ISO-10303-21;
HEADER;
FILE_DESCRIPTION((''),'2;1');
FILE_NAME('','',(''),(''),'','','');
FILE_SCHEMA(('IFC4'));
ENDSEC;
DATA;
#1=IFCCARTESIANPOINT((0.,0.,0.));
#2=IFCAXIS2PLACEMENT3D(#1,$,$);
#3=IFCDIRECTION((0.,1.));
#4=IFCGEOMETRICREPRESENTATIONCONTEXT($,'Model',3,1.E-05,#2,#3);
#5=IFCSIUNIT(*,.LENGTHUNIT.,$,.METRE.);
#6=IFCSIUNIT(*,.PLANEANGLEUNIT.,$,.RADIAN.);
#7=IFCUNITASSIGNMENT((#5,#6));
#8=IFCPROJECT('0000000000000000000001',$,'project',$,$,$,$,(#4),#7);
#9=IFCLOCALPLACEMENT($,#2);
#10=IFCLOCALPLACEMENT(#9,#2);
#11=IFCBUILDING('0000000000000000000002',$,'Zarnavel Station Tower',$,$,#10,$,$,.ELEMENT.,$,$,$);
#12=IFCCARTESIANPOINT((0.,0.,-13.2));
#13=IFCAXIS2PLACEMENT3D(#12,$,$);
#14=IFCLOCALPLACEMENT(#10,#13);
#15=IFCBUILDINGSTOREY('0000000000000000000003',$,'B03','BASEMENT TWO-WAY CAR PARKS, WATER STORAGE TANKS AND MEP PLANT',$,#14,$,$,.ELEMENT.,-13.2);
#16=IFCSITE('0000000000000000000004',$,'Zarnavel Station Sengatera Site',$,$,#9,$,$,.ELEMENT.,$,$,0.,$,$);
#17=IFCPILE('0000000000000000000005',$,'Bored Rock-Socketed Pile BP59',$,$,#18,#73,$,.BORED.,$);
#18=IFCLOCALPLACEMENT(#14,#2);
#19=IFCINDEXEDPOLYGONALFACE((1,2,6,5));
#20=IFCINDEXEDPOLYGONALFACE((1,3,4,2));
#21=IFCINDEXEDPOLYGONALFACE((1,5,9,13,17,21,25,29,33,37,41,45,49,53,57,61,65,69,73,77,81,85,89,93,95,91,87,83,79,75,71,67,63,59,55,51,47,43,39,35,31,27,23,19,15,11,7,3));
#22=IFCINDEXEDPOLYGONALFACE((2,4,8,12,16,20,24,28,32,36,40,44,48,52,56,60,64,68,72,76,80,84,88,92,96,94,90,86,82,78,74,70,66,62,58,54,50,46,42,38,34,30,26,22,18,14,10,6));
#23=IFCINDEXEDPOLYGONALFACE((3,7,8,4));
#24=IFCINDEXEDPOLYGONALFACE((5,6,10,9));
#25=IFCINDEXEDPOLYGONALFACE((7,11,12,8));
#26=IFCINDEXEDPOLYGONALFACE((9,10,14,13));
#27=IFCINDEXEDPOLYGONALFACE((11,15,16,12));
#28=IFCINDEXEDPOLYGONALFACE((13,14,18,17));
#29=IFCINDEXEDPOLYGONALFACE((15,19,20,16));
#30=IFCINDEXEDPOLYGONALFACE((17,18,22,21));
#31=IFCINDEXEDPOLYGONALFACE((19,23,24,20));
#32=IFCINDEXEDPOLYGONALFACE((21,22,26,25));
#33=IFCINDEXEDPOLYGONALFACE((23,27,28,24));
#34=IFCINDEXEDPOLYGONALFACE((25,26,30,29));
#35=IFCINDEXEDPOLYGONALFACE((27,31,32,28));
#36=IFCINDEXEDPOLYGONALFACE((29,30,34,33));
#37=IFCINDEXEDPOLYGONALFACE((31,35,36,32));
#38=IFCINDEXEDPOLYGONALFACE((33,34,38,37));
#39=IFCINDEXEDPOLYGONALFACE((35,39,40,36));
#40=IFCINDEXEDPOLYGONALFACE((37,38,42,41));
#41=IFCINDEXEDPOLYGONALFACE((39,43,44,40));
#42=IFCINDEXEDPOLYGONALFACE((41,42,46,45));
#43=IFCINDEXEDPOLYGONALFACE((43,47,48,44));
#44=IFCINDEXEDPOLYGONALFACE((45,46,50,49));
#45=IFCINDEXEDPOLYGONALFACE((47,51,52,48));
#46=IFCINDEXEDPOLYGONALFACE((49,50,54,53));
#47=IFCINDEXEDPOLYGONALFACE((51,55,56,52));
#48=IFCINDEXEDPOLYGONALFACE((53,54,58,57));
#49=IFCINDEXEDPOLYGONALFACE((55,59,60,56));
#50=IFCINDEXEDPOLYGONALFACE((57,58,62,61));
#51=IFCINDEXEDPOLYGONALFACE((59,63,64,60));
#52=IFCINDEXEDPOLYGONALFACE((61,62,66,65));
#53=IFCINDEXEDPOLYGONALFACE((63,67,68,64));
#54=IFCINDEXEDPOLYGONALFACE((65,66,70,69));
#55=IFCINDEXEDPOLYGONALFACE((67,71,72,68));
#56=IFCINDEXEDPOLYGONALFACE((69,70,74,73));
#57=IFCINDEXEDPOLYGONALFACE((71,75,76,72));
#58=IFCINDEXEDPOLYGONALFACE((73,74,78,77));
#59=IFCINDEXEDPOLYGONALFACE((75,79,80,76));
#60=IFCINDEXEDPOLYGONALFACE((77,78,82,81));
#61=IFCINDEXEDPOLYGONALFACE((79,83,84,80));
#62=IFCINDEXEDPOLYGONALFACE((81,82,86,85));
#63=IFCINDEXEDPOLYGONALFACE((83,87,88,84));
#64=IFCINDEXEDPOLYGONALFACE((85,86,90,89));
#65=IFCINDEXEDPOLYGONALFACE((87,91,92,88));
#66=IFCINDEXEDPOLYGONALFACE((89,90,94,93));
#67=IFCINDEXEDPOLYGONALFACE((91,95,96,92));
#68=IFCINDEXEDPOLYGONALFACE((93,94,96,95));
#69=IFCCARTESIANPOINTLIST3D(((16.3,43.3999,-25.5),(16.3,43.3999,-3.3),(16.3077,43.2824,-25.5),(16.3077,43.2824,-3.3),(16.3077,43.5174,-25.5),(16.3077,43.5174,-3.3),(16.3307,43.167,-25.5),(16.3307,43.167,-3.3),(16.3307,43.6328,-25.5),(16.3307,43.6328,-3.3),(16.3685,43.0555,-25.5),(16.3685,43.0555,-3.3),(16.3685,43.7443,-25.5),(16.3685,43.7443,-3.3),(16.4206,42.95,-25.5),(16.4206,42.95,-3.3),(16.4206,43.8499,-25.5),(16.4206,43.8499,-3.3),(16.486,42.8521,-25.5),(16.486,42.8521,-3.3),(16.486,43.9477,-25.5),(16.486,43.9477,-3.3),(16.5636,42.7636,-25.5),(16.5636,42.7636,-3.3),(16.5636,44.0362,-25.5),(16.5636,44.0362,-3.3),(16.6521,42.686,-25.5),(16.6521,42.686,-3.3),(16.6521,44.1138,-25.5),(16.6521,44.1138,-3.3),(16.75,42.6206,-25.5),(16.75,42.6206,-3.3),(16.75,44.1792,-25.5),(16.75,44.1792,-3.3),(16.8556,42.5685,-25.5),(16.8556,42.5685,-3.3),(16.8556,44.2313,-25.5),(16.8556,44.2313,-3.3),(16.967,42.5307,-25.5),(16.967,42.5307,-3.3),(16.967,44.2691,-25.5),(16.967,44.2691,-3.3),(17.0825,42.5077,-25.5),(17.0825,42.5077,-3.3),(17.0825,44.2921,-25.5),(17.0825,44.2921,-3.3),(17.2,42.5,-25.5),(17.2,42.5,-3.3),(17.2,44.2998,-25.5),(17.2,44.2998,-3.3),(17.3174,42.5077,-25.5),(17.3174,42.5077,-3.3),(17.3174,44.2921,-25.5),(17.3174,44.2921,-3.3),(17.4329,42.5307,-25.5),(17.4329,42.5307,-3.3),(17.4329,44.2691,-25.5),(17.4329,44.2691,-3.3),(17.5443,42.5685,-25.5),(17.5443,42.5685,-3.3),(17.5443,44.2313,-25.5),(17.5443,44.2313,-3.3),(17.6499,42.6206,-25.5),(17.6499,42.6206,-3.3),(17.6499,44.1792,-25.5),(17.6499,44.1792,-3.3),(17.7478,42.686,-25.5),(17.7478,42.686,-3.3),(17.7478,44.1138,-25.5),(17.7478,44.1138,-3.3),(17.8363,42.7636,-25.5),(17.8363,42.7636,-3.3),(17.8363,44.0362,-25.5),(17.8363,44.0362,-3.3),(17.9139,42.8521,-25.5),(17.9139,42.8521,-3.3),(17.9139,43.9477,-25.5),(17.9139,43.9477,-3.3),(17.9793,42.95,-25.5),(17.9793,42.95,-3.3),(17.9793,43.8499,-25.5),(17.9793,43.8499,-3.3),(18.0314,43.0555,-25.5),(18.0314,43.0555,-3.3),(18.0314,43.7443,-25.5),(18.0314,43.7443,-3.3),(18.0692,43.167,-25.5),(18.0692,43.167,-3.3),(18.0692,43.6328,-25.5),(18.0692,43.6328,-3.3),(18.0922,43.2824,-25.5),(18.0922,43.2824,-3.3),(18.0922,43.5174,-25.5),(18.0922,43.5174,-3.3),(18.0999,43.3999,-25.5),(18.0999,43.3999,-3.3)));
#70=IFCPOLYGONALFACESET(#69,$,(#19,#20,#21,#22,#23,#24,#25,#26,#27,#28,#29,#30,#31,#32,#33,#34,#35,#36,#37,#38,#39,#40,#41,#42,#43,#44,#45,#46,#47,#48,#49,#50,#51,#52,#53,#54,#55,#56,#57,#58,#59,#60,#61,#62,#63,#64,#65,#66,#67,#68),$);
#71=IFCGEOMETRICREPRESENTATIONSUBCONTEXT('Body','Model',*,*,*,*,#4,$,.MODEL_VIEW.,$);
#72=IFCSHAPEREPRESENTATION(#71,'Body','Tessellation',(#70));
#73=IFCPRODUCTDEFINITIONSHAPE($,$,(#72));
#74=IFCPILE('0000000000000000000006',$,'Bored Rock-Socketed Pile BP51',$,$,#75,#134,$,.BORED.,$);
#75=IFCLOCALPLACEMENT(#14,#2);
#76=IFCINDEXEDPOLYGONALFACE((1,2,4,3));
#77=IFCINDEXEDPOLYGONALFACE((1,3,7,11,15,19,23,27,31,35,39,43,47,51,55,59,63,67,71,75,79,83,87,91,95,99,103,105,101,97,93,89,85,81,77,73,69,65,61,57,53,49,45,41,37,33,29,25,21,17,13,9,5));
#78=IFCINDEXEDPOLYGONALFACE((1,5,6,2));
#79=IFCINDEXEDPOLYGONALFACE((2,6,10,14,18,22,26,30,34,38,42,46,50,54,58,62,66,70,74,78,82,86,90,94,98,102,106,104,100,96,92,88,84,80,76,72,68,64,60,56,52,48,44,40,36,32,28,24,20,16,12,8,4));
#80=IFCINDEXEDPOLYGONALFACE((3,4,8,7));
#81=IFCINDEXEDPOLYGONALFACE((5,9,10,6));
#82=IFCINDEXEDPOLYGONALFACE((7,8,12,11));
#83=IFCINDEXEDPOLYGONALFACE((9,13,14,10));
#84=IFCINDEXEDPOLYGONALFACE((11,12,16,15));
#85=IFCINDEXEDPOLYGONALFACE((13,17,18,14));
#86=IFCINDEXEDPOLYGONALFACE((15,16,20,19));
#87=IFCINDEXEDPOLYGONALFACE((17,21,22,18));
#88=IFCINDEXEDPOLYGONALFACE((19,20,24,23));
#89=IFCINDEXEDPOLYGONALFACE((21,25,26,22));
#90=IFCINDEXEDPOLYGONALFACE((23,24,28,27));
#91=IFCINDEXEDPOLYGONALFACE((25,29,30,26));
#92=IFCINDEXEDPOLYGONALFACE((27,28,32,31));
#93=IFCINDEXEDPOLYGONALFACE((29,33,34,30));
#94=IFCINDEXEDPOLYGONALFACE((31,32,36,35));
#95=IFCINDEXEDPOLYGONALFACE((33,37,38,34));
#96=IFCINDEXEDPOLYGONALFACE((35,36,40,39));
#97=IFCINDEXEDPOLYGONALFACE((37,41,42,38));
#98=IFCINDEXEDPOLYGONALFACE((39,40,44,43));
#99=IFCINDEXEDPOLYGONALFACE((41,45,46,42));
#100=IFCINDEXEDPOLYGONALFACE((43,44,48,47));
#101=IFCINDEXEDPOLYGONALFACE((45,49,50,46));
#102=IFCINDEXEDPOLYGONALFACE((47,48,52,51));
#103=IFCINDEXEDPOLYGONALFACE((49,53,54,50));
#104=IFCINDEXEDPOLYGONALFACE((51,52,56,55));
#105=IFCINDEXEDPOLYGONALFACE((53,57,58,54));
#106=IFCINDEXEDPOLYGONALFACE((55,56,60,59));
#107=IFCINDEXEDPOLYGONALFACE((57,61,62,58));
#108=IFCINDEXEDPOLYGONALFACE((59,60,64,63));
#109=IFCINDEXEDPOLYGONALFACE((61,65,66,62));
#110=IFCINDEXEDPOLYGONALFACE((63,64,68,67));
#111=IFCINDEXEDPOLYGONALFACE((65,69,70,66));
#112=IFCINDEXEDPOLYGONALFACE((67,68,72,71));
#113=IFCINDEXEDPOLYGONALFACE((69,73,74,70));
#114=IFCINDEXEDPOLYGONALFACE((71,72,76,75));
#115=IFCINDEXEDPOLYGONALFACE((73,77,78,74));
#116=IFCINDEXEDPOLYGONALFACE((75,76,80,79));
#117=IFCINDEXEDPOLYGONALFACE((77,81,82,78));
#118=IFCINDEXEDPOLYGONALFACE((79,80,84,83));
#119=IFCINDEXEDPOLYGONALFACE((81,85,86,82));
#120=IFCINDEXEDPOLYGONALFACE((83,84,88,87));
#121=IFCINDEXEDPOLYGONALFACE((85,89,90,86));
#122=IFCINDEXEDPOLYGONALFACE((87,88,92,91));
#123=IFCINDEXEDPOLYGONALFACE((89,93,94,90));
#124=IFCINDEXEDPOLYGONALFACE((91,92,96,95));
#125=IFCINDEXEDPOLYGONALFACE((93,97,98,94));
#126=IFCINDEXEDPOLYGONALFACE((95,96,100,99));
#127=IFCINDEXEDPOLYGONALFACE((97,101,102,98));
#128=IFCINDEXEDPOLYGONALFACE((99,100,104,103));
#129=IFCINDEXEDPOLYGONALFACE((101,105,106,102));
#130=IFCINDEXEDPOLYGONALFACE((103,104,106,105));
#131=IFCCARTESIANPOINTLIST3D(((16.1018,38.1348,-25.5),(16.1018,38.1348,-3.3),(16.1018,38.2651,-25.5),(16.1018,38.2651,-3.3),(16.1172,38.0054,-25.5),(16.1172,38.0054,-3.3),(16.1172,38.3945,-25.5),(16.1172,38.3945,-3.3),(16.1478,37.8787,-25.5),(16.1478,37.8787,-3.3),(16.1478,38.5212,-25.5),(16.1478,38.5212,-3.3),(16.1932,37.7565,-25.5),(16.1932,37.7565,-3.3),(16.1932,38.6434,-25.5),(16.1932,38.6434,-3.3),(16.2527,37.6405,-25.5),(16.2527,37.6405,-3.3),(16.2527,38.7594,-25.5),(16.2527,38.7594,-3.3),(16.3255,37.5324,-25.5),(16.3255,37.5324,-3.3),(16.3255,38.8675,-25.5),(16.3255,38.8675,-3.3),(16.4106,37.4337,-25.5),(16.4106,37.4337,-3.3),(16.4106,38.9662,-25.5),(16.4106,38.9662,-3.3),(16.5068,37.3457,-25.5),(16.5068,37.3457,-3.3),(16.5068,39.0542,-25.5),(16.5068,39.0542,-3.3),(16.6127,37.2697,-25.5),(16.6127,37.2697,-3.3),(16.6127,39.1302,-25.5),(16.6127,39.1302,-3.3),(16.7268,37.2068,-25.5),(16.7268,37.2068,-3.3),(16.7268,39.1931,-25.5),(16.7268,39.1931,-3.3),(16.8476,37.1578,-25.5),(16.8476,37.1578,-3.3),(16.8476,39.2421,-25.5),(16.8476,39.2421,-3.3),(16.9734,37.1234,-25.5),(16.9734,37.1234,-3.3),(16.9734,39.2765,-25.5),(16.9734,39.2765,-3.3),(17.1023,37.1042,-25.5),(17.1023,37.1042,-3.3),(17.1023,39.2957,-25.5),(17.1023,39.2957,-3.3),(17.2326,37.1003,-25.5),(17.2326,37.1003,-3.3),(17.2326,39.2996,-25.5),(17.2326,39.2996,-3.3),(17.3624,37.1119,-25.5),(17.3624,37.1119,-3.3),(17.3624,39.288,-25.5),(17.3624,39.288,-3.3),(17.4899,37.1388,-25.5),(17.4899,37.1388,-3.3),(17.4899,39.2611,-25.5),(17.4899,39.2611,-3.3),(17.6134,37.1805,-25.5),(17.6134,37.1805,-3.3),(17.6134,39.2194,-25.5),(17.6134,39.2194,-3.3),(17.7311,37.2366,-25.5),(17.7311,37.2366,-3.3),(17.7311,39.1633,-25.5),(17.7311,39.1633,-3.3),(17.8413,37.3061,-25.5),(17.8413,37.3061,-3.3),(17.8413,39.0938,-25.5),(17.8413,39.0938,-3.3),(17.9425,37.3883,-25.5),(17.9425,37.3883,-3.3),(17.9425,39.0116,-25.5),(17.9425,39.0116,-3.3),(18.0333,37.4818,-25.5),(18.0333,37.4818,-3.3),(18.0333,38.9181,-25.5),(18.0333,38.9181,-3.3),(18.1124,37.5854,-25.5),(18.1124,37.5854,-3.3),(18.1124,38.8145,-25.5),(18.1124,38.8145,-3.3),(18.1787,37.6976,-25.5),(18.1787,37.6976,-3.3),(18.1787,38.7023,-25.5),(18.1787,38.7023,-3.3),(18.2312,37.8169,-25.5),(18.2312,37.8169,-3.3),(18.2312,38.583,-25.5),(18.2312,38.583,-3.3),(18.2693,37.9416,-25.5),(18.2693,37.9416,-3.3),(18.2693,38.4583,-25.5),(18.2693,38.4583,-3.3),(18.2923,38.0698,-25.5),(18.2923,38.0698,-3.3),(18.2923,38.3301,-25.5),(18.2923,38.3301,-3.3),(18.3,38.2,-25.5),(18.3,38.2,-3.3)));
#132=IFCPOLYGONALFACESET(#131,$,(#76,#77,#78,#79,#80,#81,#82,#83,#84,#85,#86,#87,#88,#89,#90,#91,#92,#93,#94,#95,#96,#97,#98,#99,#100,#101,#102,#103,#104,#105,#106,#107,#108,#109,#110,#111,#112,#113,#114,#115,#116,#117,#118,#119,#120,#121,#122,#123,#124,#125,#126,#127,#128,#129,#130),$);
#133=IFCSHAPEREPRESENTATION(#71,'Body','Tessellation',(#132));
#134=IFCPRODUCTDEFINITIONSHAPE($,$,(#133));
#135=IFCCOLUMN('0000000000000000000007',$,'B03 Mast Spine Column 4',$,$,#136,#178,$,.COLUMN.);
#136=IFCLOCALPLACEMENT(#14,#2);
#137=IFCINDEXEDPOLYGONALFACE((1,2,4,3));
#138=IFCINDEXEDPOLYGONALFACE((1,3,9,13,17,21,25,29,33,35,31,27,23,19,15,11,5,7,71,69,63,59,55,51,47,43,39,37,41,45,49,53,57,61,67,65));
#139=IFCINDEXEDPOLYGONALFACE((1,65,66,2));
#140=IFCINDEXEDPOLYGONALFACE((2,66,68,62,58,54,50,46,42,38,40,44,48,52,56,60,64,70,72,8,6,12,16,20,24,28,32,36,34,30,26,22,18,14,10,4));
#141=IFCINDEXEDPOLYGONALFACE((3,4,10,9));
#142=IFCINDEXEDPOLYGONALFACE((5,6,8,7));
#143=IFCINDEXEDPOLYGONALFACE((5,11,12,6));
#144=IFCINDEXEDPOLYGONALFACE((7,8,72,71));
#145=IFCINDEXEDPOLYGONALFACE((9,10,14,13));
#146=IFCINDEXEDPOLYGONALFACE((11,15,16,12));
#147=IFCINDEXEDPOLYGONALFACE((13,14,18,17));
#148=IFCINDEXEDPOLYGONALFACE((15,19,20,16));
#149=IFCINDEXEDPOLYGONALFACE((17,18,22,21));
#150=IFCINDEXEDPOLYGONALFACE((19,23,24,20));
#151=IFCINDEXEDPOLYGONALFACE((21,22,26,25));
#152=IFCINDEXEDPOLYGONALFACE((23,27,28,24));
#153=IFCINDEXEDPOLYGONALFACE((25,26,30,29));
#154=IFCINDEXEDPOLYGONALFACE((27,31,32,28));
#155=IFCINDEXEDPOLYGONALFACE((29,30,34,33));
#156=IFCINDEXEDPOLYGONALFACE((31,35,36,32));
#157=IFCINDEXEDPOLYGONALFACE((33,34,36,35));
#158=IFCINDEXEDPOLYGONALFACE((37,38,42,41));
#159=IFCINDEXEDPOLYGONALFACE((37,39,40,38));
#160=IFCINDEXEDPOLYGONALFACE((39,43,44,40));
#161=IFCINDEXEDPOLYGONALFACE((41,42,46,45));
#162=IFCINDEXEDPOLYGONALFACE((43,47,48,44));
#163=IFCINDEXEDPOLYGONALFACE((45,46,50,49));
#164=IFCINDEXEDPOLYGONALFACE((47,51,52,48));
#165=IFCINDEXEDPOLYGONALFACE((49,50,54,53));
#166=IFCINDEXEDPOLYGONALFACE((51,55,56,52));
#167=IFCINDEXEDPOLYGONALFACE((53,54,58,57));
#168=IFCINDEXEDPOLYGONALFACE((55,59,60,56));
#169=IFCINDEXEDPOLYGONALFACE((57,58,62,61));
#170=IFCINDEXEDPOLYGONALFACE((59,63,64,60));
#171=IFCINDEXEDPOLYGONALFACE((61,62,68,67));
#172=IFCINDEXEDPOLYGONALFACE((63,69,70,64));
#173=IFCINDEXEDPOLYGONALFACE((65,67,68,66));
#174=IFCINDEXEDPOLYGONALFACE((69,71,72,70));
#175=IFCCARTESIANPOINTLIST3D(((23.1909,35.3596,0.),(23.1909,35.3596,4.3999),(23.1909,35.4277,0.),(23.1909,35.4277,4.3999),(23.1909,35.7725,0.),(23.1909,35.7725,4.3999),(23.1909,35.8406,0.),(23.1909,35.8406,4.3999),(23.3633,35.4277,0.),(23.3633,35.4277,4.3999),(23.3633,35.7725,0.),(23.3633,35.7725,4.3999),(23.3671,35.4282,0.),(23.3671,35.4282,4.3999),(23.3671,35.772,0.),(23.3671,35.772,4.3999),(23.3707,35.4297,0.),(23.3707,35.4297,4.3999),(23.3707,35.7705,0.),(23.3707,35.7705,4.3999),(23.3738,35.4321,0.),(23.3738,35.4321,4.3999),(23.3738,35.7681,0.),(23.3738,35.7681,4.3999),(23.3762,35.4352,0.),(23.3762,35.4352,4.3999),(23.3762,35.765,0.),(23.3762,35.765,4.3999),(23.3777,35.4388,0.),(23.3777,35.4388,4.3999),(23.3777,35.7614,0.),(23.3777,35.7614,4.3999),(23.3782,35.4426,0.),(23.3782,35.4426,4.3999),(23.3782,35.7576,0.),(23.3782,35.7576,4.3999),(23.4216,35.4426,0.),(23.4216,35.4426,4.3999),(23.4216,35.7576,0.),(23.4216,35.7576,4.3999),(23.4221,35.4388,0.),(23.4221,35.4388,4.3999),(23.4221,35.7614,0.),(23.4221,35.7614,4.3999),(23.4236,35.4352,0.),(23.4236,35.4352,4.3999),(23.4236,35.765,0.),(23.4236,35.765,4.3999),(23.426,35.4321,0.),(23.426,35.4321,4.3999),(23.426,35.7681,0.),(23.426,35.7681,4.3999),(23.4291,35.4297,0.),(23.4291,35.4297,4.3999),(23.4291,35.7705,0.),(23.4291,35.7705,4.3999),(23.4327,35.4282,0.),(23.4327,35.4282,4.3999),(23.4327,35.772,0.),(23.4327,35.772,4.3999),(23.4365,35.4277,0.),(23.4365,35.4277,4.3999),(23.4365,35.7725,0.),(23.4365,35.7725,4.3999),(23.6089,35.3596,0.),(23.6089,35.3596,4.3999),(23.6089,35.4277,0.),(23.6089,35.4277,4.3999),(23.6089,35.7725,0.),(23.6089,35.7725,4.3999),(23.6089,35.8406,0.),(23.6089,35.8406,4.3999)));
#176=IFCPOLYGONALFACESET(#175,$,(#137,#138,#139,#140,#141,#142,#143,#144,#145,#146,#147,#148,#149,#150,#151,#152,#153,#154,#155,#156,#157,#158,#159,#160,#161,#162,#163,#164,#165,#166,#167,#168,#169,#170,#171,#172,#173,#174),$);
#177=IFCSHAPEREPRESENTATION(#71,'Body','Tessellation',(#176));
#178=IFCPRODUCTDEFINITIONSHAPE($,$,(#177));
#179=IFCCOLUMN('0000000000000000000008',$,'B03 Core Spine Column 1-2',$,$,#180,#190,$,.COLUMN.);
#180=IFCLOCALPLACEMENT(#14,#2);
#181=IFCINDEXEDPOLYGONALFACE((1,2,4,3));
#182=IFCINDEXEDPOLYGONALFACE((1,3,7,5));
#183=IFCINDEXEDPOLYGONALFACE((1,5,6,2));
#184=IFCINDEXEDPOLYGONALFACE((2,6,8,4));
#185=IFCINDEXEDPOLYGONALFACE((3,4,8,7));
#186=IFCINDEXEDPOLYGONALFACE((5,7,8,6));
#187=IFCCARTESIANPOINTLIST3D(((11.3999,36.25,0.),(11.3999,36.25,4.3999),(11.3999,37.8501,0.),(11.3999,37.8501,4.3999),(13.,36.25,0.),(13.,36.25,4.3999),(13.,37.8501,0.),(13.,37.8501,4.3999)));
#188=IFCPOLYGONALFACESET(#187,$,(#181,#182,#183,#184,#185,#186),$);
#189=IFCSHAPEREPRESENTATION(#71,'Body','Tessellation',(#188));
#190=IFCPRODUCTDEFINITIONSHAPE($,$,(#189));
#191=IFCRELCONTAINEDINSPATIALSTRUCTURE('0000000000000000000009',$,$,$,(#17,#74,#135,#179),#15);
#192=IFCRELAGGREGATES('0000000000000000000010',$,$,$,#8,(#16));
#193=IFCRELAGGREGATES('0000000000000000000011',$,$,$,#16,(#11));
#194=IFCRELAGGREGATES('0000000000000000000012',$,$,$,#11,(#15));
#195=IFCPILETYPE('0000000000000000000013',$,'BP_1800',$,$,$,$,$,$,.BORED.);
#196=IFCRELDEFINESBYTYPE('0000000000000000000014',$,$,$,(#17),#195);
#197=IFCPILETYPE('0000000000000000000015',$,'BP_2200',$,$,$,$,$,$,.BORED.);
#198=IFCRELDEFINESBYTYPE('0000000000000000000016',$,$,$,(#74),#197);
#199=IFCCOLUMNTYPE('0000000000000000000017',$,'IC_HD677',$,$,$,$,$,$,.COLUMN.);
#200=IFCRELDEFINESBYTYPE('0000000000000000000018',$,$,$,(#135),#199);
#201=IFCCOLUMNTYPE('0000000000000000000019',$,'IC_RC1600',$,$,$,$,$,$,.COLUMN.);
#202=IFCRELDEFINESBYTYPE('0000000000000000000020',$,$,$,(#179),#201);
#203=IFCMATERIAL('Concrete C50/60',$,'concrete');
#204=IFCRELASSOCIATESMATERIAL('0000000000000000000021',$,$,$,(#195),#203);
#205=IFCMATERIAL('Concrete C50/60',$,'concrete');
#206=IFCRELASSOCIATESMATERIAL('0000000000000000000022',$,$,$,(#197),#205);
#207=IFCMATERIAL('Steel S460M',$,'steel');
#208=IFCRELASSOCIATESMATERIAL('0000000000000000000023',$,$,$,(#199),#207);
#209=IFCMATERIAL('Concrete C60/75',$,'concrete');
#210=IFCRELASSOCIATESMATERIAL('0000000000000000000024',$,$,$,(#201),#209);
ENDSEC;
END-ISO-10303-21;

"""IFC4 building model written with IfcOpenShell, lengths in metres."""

from ifc_helpers import new_model, si_unit, direction, frame, origin, origin_2d, place, context, subcontext, project, spatial, rectangle, circle, i_section, extrude, material, material_profile, profile_set, type_object, element, save


model = new_model("IFC4")

# Units and contexts
model_context = context("Model", 3, precision=1e-05, world=origin(), true_north=direction((0.0, 1.0)))
body_context = subcontext(model_context, "Body", "Model", "MODEL_VIEW")
ifc_project = project(units=[si_unit("LENGTHUNIT", "METRE"), si_unit("PLANEANGLEUNIT", "RADIAN")], contexts=[model_context])

# Site, building, storey
site_placement = place(None, origin())
site = spatial("IfcSite", under=ifc_project, at=site_placement, Name="Zarnavel Station Sengatera Site", CompositionType="ELEMENT", RefElevation=0.0)
building_placement = place(site_placement, origin())
building = spatial("IfcBuilding", under=site, at=building_placement, Name="Zarnavel Station Tower", CompositionType="ELEMENT")
storey_placement = place(building_placement, frame((0.0, 0.0, -13.2)))
storey = spatial("IfcBuildingStorey", under=building, at=storey_placement, Name="B03", Description="BASEMENT TWO-WAY CAR PARKS, WATER STORAGE TANKS AND MEP PLANT", CompositionType="ELEMENT", Elevation=-13.2)

# Piles
ifc_material_1 = material(Name="Concrete C50/60", Category="concrete")
ifc_material_profile_1 = material_profile(ifc_material_1, circle(Radius=0.8999, at=origin_2d()), Name="PILE1800")
ifc_profile_set_1 = profile_set([ifc_material_profile_1], Name="Concrete C50/60")
pile_type_1 = type_object("IfcPileType", Name="BP_1800", PredefinedType="BORED", material=ifc_profile_set_1)
pile_1_placement = place(storey_placement, frame((17.2, 43.3999, -3.3), z_axis=(0.0, 0.0, -1.0), x_axis=(1.0, 0.0, 0.0)))
element("IfcPile", 1, at=pile_1_placement, inside=storey, type_object=pile_type_1, Name="Bored Rock-Socketed Pile BP59", PredefinedType="BORED", context=body_context, shape_type="SweptSolid", body=[
    extrude(circle(Radius=0.8999, at=origin_2d()), origin(), (0.0, 0.0, 1.0), 22.2),
])
ifc_material_2 = material(Name="Concrete C50/60", Category="concrete")
ifc_material_profile_2 = material_profile(ifc_material_2, circle(Radius=1.1001, at=origin_2d()), Name="PILE2200")
ifc_profile_set_2 = profile_set([ifc_material_profile_2], Name="Concrete C50/60")
pile_type_2 = type_object("IfcPileType", Name="BP_2200", PredefinedType="BORED", material=ifc_profile_set_2)
pile_2_placement = place(storey_placement, frame((17.2, 38.2, -3.3), z_axis=(0.0, 0.0, -1.0), x_axis=(1.0, 0.0, 0.0)))
element("IfcPile", 2, at=pile_2_placement, inside=storey, type_object=pile_type_2, Name="Bored Rock-Socketed Pile BP51", PredefinedType="BORED", context=body_context, shape_type="SweptSolid", body=[
    extrude(circle(Radius=1.1001, at=origin_2d()), origin(), (0.0, 0.0, 1.0), 22.2),
])

# Columns
ifc_material_3 = material(Name="Steel S460M", Category="steel")
ifc_material_profile_3 = material_profile(ifc_material_3, i_section(OverallWidth=0.418, OverallDepth=0.481, WebThickness=0.0435, FlangeThickness=0.0681, FilletRadius=0.0149, at=origin_2d()), Name="HD400x677")
ifc_profile_set_3 = profile_set([ifc_material_profile_3], Name="Steel S460M")
column_type_1 = type_object("IfcColumnType", Name="IC_HD677", PredefinedType="COLUMN", material=ifc_profile_set_3)
column_placement = place(storey_placement, frame((23.3999, 35.6001, 0.0), z_axis=(0.0, 0.0, 1.0), x_axis=(1.0, 0.0, 0.0)))
element("IfcColumn", 3, at=column_placement, inside=storey, type_object=column_type_1, Name="B03 Mast Spine Column 4", PredefinedType="COLUMN", context=body_context, shape_type="SweptSolid", body=[
    extrude(i_section(OverallWidth=0.418, OverallDepth=0.481, WebThickness=0.0435, FlangeThickness=0.0681, FilletRadius=0.0149, at=origin_2d()), origin(), (0.0, 0.0, 1.0), 4.3999),
])
ifc_material_4 = material(Name="Concrete C60/75", Category="concrete")
ifc_material_profile_4 = material_profile(ifc_material_4, rectangle(XDim=1.6001, YDim=1.6001, at=origin_2d()), Name="RC1600x1600")
ifc_profile_set_4 = profile_set([ifc_material_profile_4], Name="Concrete C60/75")
column_type_2 = type_object("IfcColumnType", Name="IC_RC1600", PredefinedType="COLUMN", material=ifc_profile_set_4)
for number, where, z_axis, x_axis, name in (
    (4, (12.2, 37.05, 0.0), (0.0, 0.0, 1.0), (1.0, 0.0, 0.0), "B03 Core Spine Column 1-2"),
):
    element("IfcColumn", number, at=place(storey_placement, frame(where, z_axis=z_axis, x_axis=x_axis)), inside=storey, type_object=column_type_2, Name=name, PredefinedType="COLUMN", context=body_context, shape_type="SweptSolid", body=[
        extrude(rectangle(XDim=1.6001, YDim=1.6001, at=origin_2d()), origin(), (0.0, 0.0, 1.0), 4.3999),
    ])

save(model, "model.ifc")
